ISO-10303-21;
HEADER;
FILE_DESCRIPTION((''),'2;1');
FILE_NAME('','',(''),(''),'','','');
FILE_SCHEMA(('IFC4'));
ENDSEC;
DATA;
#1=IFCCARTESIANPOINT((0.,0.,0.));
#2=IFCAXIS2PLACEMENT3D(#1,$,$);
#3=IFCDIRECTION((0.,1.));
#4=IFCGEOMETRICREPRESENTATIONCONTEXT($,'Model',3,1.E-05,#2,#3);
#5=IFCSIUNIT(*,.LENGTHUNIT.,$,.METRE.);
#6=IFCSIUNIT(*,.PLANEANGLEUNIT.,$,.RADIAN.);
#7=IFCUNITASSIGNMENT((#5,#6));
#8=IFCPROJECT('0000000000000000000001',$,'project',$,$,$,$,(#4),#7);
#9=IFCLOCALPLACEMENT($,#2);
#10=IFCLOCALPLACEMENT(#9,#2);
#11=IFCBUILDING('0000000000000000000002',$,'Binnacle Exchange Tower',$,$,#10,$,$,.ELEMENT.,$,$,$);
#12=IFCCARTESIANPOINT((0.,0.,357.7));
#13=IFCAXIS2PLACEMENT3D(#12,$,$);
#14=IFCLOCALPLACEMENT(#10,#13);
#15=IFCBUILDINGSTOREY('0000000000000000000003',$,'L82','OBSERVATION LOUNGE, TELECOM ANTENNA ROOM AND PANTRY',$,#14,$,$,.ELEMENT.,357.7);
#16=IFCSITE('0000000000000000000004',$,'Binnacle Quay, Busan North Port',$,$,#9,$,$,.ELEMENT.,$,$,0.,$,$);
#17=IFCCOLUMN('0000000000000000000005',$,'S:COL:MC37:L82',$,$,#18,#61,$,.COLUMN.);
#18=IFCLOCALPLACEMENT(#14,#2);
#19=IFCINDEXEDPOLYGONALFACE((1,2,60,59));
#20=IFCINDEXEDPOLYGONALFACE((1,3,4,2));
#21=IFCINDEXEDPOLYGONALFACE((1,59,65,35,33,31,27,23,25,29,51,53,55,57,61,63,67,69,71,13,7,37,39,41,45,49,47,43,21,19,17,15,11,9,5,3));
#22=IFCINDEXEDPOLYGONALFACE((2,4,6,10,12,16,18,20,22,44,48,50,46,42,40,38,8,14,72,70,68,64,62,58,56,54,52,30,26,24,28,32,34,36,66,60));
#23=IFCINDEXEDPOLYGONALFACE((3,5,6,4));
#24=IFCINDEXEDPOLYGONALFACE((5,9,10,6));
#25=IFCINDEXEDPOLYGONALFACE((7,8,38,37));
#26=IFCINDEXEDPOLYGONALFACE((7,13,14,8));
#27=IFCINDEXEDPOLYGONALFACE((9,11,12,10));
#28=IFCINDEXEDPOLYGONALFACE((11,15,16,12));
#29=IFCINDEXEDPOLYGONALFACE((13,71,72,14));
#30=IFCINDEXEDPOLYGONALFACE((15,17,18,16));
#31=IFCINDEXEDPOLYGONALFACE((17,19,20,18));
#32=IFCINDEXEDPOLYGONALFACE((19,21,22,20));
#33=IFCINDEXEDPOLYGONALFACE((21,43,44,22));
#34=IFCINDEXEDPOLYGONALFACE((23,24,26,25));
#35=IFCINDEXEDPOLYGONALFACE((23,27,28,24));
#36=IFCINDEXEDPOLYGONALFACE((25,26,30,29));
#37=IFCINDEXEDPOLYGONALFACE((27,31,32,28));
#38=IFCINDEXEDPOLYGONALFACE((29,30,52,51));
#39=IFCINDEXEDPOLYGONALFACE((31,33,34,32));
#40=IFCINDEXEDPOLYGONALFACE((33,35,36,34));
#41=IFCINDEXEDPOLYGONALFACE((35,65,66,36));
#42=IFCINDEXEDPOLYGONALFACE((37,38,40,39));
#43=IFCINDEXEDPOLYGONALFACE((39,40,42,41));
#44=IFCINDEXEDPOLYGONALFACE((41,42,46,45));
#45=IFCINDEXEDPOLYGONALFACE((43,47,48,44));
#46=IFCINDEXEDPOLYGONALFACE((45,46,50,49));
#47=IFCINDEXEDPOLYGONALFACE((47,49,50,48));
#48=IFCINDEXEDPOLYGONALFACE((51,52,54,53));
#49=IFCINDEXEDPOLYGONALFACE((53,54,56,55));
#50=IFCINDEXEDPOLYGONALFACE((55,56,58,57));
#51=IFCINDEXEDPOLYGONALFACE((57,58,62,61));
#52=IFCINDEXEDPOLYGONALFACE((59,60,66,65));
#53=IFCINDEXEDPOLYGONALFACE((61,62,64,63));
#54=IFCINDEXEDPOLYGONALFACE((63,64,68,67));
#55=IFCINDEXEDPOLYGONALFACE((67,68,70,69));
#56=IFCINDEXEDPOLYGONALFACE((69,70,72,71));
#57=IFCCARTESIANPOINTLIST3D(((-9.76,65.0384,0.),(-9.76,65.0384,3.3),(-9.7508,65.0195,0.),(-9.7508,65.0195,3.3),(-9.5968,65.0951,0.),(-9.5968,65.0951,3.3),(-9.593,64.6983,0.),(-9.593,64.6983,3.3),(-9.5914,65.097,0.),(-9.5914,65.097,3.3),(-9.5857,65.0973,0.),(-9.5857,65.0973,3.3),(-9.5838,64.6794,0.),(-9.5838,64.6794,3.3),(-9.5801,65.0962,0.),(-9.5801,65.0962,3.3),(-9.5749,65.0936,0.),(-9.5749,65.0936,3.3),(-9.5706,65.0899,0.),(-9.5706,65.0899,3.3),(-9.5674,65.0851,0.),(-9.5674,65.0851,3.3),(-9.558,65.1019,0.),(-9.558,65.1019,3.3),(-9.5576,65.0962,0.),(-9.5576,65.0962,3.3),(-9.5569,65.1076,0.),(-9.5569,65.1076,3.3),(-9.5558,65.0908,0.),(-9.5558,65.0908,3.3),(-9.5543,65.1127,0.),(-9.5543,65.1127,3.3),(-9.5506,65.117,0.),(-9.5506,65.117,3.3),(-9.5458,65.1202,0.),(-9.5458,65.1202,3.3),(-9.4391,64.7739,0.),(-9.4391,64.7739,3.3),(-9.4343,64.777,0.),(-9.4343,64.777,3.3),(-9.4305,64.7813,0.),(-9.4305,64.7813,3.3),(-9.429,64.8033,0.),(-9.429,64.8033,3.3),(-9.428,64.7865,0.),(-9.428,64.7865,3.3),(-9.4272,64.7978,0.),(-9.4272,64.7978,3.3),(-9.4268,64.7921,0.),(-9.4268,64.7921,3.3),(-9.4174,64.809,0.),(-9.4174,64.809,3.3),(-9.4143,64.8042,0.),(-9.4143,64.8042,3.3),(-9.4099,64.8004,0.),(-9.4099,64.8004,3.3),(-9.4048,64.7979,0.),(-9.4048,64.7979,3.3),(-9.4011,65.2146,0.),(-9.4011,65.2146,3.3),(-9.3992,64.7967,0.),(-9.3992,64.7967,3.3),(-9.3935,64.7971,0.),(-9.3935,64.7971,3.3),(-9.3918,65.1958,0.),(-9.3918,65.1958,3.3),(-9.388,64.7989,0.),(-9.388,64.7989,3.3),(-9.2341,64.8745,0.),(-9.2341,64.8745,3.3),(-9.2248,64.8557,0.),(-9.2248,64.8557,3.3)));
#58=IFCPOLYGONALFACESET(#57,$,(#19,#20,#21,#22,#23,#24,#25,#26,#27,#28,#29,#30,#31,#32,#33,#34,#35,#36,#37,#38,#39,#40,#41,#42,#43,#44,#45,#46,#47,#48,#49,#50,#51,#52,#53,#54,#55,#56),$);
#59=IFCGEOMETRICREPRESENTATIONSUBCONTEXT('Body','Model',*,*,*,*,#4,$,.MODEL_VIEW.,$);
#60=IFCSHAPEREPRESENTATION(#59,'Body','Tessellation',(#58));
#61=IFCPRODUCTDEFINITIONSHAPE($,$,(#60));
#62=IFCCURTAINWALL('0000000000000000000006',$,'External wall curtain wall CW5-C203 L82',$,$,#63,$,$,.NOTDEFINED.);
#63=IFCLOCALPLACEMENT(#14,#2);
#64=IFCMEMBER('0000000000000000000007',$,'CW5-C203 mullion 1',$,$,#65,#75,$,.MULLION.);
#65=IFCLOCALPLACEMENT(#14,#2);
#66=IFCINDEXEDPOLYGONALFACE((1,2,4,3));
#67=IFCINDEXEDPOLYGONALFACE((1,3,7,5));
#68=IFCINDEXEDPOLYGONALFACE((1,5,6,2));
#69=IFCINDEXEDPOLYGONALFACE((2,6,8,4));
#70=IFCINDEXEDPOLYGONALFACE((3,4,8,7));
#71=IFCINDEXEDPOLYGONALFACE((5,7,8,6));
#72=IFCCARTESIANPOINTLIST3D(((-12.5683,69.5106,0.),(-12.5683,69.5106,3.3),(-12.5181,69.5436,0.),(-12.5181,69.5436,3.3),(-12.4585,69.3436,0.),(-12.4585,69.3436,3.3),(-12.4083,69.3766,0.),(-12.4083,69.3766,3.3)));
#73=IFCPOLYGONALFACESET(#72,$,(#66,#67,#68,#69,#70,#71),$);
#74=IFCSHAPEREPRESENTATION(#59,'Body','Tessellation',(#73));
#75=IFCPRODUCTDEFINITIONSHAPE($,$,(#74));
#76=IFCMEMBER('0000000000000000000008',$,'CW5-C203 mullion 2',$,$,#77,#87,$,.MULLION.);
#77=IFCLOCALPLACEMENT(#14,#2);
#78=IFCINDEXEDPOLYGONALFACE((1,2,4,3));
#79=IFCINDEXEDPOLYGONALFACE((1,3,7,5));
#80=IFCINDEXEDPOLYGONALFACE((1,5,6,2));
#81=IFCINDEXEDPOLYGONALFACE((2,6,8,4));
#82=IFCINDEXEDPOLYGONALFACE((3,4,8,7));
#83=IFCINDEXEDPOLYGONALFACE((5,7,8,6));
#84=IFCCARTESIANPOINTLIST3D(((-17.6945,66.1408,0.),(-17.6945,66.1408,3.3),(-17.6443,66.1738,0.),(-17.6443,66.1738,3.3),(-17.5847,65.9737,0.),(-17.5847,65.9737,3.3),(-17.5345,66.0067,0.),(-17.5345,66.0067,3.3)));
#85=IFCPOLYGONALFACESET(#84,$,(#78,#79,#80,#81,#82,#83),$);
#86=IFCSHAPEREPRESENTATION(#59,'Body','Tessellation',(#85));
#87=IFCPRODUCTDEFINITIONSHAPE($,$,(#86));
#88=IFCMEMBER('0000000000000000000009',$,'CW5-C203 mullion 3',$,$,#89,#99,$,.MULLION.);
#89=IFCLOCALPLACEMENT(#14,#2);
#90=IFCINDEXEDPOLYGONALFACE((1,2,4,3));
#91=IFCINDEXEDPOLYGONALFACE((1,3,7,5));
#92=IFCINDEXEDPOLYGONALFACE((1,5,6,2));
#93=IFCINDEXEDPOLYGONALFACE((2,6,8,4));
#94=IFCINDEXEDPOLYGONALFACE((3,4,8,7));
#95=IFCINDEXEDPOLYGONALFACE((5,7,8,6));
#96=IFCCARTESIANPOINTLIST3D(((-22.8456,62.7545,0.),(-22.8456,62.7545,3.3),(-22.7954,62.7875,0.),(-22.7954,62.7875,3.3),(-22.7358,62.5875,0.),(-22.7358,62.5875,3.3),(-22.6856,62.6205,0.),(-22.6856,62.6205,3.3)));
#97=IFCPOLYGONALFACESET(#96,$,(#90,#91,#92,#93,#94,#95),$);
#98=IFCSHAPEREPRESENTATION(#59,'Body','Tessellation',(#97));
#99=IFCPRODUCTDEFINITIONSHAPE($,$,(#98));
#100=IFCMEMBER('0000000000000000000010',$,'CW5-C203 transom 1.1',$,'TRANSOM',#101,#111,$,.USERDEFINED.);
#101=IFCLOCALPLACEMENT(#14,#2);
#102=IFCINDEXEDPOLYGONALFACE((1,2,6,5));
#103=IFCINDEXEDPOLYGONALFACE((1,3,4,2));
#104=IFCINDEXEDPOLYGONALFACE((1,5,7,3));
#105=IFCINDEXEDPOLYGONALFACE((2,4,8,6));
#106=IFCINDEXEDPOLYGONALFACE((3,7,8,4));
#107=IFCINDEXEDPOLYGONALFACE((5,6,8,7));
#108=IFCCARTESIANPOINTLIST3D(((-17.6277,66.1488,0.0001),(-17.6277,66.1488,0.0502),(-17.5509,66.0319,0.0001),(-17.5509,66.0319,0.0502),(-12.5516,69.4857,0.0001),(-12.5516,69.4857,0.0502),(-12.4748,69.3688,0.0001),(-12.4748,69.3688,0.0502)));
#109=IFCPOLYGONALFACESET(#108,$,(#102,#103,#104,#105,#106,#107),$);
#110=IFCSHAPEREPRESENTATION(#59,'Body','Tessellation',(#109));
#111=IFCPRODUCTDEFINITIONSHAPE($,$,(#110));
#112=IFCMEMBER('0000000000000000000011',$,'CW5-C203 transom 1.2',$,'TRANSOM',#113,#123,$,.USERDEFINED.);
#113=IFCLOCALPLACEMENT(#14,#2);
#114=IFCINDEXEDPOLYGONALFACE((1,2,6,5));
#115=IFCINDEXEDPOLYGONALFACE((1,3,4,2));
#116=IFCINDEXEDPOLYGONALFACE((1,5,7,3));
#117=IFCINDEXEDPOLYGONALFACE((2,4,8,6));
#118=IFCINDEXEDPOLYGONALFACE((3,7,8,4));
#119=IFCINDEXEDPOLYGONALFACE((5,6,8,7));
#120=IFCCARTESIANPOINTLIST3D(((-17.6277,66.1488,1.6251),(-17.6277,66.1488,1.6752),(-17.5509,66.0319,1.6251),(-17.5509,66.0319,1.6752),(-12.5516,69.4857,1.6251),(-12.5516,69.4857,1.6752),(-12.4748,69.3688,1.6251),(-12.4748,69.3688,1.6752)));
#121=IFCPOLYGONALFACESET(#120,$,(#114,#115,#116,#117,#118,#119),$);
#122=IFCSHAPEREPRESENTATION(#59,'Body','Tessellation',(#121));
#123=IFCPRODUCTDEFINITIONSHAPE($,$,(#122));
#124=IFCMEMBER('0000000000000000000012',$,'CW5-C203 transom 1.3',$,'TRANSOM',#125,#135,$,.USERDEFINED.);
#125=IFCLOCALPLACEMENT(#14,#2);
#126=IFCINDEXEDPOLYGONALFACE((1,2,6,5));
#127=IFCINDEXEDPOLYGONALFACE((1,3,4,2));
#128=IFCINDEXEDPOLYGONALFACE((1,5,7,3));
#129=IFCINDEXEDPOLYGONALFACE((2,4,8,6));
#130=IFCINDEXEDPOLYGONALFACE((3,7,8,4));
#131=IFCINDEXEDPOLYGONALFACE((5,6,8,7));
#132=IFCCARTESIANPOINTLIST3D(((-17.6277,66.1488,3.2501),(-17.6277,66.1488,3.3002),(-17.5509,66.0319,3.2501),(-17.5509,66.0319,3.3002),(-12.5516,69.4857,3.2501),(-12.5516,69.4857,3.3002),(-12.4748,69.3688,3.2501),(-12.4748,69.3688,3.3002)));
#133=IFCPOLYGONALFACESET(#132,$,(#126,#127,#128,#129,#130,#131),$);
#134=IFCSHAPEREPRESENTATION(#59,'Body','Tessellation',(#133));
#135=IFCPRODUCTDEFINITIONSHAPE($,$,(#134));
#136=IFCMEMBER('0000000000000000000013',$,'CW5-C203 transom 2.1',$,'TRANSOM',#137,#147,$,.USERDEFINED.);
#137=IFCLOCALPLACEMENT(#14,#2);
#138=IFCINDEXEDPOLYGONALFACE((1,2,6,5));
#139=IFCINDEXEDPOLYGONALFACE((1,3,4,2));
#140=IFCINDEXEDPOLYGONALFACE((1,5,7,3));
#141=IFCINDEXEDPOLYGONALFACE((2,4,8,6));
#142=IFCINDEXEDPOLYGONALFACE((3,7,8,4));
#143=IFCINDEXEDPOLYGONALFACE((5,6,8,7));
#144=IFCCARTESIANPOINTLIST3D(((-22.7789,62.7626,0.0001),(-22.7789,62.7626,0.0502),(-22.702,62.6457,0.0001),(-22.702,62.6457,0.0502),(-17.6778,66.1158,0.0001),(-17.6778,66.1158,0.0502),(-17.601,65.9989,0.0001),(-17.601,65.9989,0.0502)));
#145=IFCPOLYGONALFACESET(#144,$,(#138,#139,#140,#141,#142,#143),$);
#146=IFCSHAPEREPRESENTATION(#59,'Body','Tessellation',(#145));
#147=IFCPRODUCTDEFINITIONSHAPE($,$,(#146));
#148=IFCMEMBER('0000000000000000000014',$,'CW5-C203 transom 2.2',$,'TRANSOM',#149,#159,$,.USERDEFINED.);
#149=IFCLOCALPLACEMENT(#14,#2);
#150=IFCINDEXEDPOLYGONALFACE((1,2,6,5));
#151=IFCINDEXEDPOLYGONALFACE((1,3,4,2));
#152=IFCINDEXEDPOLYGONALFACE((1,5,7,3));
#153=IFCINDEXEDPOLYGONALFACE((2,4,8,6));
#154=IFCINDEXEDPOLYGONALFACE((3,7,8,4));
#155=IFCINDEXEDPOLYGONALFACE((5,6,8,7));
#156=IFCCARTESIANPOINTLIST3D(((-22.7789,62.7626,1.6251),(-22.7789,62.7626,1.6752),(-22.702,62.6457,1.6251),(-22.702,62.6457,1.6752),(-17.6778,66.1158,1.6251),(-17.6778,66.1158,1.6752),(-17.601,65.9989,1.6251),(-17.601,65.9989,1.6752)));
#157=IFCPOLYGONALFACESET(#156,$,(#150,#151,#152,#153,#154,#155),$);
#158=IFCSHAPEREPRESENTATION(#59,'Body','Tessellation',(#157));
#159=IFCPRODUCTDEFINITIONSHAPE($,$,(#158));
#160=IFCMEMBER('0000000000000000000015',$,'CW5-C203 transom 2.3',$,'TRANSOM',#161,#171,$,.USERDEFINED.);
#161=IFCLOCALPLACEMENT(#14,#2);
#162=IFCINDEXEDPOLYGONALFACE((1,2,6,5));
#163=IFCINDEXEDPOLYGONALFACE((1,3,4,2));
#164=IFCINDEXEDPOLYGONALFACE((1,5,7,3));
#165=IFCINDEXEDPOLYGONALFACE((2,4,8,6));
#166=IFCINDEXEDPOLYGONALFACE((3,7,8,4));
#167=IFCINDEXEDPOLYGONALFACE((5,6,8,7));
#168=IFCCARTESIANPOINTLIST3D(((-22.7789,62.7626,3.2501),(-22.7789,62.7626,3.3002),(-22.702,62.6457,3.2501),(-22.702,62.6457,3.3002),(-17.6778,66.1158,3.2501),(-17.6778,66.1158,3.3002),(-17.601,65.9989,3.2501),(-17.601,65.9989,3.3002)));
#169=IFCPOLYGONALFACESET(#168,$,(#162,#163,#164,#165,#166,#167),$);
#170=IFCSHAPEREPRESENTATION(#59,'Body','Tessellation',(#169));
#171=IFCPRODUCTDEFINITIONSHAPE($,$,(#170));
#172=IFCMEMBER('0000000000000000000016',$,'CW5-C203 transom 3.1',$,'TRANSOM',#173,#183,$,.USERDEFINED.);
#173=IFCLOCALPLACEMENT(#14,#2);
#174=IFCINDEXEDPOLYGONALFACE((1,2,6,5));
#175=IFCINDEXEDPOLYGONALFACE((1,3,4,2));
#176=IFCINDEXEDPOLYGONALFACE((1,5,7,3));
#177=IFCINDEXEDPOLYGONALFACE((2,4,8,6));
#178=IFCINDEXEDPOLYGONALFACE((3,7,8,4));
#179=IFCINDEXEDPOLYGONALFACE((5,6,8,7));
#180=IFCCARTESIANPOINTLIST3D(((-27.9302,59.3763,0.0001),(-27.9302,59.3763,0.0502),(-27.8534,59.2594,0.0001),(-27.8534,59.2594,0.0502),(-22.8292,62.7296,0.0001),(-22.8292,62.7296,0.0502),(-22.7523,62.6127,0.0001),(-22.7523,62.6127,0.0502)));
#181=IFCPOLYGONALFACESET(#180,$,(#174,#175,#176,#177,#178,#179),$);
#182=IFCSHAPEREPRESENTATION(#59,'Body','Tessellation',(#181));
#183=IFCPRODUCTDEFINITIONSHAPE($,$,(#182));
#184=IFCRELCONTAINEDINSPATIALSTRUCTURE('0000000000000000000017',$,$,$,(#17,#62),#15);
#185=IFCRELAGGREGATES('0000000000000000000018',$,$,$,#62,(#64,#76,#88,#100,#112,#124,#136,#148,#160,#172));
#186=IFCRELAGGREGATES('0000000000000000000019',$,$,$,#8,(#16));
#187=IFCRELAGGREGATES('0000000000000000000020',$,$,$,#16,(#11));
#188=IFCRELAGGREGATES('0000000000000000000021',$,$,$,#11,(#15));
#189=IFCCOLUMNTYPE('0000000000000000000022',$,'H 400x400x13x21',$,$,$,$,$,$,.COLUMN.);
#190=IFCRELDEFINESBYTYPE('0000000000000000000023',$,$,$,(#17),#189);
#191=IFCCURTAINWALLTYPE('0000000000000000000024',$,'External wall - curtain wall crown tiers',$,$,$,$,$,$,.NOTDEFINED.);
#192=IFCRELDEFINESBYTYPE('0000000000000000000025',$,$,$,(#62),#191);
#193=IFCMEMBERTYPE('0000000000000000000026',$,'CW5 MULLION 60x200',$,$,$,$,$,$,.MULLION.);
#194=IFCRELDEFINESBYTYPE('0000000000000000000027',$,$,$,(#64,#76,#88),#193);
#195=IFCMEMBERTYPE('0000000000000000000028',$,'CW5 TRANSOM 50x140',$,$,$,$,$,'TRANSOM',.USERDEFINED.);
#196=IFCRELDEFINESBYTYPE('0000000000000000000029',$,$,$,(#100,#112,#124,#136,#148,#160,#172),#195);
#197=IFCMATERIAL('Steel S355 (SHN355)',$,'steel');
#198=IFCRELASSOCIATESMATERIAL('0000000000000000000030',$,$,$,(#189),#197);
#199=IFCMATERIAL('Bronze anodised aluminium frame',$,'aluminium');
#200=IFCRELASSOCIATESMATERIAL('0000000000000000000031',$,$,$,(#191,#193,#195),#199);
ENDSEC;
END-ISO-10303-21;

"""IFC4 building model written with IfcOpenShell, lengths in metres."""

from ifc_helpers import new_model, si_unit, direction, frame, origin, origin_2d, place, context, subcontext, project, spatial, rectangle, i_section, extrude, material, material_profile, profile_set, type_object, element, aggregate, save


model = new_model("IFC4")

# Units and contexts
model_context = context("Model", 3, precision=1e-05, world=origin(), true_north=direction((0.0, 1.0)))
body_context = subcontext(model_context, "Body", "Model", "MODEL_VIEW")
ifc_project = project(units=[si_unit("LENGTHUNIT", "METRE"), si_unit("PLANEANGLEUNIT", "RADIAN")], contexts=[model_context])

# Site, building, storey
site_placement = place(None, origin())
site = spatial("IfcSite", under=ifc_project, at=site_placement, Name="Binnacle Quay, Busan North Port", CompositionType="ELEMENT", RefElevation=0.0)
building_placement = place(site_placement, origin())
building = spatial("IfcBuilding", under=site, at=building_placement, Name="Binnacle Exchange Tower", CompositionType="ELEMENT")
storey_placement = place(building_placement, frame((0.0, 0.0, 357.7)))
storey = spatial("IfcBuildingStorey", under=building, at=storey_placement, Name="L82", Description="OBSERVATION LOUNGE, TELECOM ANTENNA ROOM AND PANTRY", CompositionType="ELEMENT", Elevation=357.7)

# Column
ifc_material_1 = material(Name="Steel S355 (SHN355)", Category="steel")
ifc_material_profile_1 = material_profile(ifc_material_1, i_section(OverallWidth=0.3999, OverallDepth=0.3999, WebThickness=0.0129, FlangeThickness=0.021, FilletRadius=0.022, at=origin_2d()), Name="H 400x400x13x21")
ifc_profile_set_1 = profile_set([ifc_material_profile_1], Name="Steel S355 (SHN355)")
column_type = type_object("IfcColumnType", Name="H 400x400x13x21", PredefinedType="COLUMN", material=ifc_profile_set_1)
column_placement = place(storey_placement, frame((-9.4924, 64.947, 0.0), z_axis=(0.0, 0.0, 1.0), x_axis=(-0.897628, -0.440754, 0.0)))
element("IfcColumn", 1, at=column_placement, inside=storey, type_object=column_type, Name="S:COL:MC37:L82", PredefinedType="COLUMN", context=body_context, shape_type="SweptSolid", body=[
    extrude(i_section(OverallWidth=0.3999, OverallDepth=0.3999, WebThickness=0.0129, FlangeThickness=0.021, FilletRadius=0.022, at=origin_2d()), origin(), (0.0, 0.0, 1.0), 3.3),
])

# Curtain wall, members
ifc_material_2 = material(Name="Bronze anodised aluminium frame", Category="aluminium")
curtain_wall_type = type_object("IfcCurtainWallType", Name="External wall - curtain wall crown tiers", PredefinedType="NOTDEFINED", material=ifc_material_2)
curtain_wall_placement = place(storey_placement, origin())
curtain_wall = element("IfcCurtainWall", 2, at=curtain_wall_placement, inside=storey, type_object=curtain_wall_type, Name="External wall curtain wall CW5-C203 L82", PredefinedType="NOTDEFINED")
ifc_material_profile_2 = material_profile(ifc_material_2, rectangle(XDim=0.2, YDim=0.0601, at=origin_2d()), Name="AL 60x200")
ifc_profile_set_2 = profile_set([ifc_material_profile_2], Name="Bronze anodised aluminium frame")
member_type_1 = type_object("IfcMemberType", Name="CW5 MULLION 60x200", PredefinedType="MULLION", material=ifc_profile_set_2)
member_1_placement = place(storey_placement, frame((-12.4883, 69.4436, 0.0), z_axis=(0.0, 0.0, 1.0), x_axis=(0.54931, -0.835618, 0.0)))
member_1 = element("IfcMember", 3, at=member_1_placement, type_object=member_type_1, Name="CW5-C203 mullion 1", PredefinedType="MULLION", context=body_context, shape_type="SweptSolid", body=[
    extrude(rectangle(XDim=0.2, YDim=0.0601, at=origin_2d()), origin(), (0.0, 0.0, 1.0), 3.3),
])
member_2_placement = place(storey_placement, frame((-17.6145, 66.0737, 0.0), z_axis=(0.0, 0.0, 1.0), x_axis=(0.54931, -0.835618, 0.0)))
member_2 = element("IfcMember", 4, at=member_2_placement, type_object=member_type_1, Name="CW5-C203 mullion 2", PredefinedType="MULLION", context=body_context, shape_type="SweptSolid", body=[
    extrude(rectangle(XDim=0.2, YDim=0.0601, at=origin_2d()), origin(), (0.0, 0.0, 1.0), 3.3),
])
member_3_placement = place(storey_placement, frame((-22.7656, 62.6875, 0.0), z_axis=(0.0, 0.0, 1.0), x_axis=(0.54931, -0.835618, 0.0)))
member_3 = element("IfcMember", 5, at=member_3_placement, type_object=member_type_1, Name="CW5-C203 mullion 3", PredefinedType="MULLION", context=body_context, shape_type="SweptSolid", body=[
    extrude(rectangle(XDim=0.2, YDim=0.0601, at=origin_2d()), origin(), (0.0, 0.0, 1.0), 3.3),
])
ifc_material_profile_3 = material_profile(ifc_material_2, rectangle(XDim=0.1399, YDim=0.05, at=origin_2d()), Name="AL 140x50")
ifc_profile_set_3 = profile_set([ifc_material_profile_3], Name="Bronze anodised aluminium frame")
member_type_2 = type_object("IfcMemberType", Name="CW5 TRANSOM 50x140", ElementType="TRANSOM", PredefinedType="USERDEFINED", material=ifc_profile_set_3)
member_4_placement = place(storey_placement, frame((-12.5132, 69.4272, 0.0251), z_axis=(-0.835619, -0.549309, 0.0), x_axis=(0.549309, -0.835619, 0.0)))
member_4 = element("IfcMember", 6, at=member_4_placement, type_object=member_type_2, Name="CW5-C203 transom 1.1", ObjectType="TRANSOM", PredefinedType="USERDEFINED", context=body_context, shape_type="SweptSolid", body=[
    extrude(rectangle(XDim=0.1399, YDim=0.05, at=origin_2d()), origin(), (0.0, 0.0, 1.0), 6.0747),
])
member_5_placement = place(storey_placement, frame((-12.5132, 69.4272, 1.6501), z_axis=(-0.835619, -0.549309, 0.0), x_axis=(0.549309, -0.835619, 0.0)))
member_5 = element("IfcMember", 7, at=member_5_placement, type_object=member_type_2, Name="CW5-C203 transom 1.2", ObjectType="TRANSOM", PredefinedType="USERDEFINED", context=body_context, shape_type="SweptSolid", body=[
    extrude(rectangle(XDim=0.1399, YDim=0.05, at=origin_2d()), origin(), (0.0, 0.0, 1.0), 6.0747),
])
member_6_placement = place(storey_placement, frame((-12.5132, 69.4272, 3.2751), z_axis=(-0.835619, -0.549309, 0.0), x_axis=(0.549309, -0.835619, 0.0)))
member_6 = element("IfcMember", 8, at=member_6_placement, type_object=member_type_2, Name="CW5-C203 transom 1.3", ObjectType="TRANSOM", PredefinedType="USERDEFINED", context=body_context, shape_type="SweptSolid", body=[
    extrude(rectangle(XDim=0.1399, YDim=0.05, at=origin_2d()), origin(), (0.0, 0.0, 1.0), 6.0747),
])
member_7_placement = place(storey_placement, frame((-17.6394, 66.0574, 0.0251), z_axis=(-0.83562, -0.549308, 0.0), x_axis=(0.549308, -0.83562, 0.0)))
member_7 = element("IfcMember", 9, at=member_7_placement, type_object=member_type_2, Name="CW5-C203 transom 2.1", ObjectType="TRANSOM", PredefinedType="USERDEFINED", context=body_context, shape_type="SweptSolid", body=[
    extrude(rectangle(XDim=0.1399, YDim=0.05, at=origin_2d()), origin(), (0.0, 0.0, 1.0), 6.1045),
])
member_8_placement = place(storey_placement, frame((-17.6394, 66.0574, 1.6501), z_axis=(-0.83562, -0.549308, 0.0), x_axis=(0.549308, -0.83562, 0.0)))
member_8 = element("IfcMember", 10, at=member_8_placement, type_object=member_type_2, Name="CW5-C203 transom 2.2", ObjectType="TRANSOM", PredefinedType="USERDEFINED", context=body_context, shape_type="SweptSolid", body=[
    extrude(rectangle(XDim=0.1399, YDim=0.05, at=origin_2d()), origin(), (0.0, 0.0, 1.0), 6.1045),
])
member_9_placement = place(storey_placement, frame((-17.6394, 66.0574, 3.2751), z_axis=(-0.83562, -0.549308, 0.0), x_axis=(0.549308, -0.83562, 0.0)))
member_9 = element("IfcMember", 11, at=member_9_placement, type_object=member_type_2, Name="CW5-C203 transom 2.3", ObjectType="TRANSOM", PredefinedType="USERDEFINED", context=body_context, shape_type="SweptSolid", body=[
    extrude(rectangle(XDim=0.1399, YDim=0.05, at=origin_2d()), origin(), (0.0, 0.0, 1.0), 6.1045),
])
member_10_placement = place(storey_placement, frame((-22.7908, 62.6711, 0.0251), z_axis=(-0.83562, -0.549308, 0.0), x_axis=(0.549308, -0.83562, 0.0)))
member_10 = element("IfcMember", 12, at=member_10_placement, type_object=member_type_2, Name="CW5-C203 transom 3.1", ObjectType="TRANSOM", PredefinedType="USERDEFINED", context=body_context, shape_type="SweptSolid", body=[
    extrude(rectangle(XDim=0.1399, YDim=0.05, at=origin_2d()), origin(), (0.0, 0.0, 1.0), 6.1045),
])

aggregate(curtain_wall, [member_1, member_2, member_3, member_4, member_5, member_6, member_7, member_8, member_9, member_10])

save(model, "model.ifc")
